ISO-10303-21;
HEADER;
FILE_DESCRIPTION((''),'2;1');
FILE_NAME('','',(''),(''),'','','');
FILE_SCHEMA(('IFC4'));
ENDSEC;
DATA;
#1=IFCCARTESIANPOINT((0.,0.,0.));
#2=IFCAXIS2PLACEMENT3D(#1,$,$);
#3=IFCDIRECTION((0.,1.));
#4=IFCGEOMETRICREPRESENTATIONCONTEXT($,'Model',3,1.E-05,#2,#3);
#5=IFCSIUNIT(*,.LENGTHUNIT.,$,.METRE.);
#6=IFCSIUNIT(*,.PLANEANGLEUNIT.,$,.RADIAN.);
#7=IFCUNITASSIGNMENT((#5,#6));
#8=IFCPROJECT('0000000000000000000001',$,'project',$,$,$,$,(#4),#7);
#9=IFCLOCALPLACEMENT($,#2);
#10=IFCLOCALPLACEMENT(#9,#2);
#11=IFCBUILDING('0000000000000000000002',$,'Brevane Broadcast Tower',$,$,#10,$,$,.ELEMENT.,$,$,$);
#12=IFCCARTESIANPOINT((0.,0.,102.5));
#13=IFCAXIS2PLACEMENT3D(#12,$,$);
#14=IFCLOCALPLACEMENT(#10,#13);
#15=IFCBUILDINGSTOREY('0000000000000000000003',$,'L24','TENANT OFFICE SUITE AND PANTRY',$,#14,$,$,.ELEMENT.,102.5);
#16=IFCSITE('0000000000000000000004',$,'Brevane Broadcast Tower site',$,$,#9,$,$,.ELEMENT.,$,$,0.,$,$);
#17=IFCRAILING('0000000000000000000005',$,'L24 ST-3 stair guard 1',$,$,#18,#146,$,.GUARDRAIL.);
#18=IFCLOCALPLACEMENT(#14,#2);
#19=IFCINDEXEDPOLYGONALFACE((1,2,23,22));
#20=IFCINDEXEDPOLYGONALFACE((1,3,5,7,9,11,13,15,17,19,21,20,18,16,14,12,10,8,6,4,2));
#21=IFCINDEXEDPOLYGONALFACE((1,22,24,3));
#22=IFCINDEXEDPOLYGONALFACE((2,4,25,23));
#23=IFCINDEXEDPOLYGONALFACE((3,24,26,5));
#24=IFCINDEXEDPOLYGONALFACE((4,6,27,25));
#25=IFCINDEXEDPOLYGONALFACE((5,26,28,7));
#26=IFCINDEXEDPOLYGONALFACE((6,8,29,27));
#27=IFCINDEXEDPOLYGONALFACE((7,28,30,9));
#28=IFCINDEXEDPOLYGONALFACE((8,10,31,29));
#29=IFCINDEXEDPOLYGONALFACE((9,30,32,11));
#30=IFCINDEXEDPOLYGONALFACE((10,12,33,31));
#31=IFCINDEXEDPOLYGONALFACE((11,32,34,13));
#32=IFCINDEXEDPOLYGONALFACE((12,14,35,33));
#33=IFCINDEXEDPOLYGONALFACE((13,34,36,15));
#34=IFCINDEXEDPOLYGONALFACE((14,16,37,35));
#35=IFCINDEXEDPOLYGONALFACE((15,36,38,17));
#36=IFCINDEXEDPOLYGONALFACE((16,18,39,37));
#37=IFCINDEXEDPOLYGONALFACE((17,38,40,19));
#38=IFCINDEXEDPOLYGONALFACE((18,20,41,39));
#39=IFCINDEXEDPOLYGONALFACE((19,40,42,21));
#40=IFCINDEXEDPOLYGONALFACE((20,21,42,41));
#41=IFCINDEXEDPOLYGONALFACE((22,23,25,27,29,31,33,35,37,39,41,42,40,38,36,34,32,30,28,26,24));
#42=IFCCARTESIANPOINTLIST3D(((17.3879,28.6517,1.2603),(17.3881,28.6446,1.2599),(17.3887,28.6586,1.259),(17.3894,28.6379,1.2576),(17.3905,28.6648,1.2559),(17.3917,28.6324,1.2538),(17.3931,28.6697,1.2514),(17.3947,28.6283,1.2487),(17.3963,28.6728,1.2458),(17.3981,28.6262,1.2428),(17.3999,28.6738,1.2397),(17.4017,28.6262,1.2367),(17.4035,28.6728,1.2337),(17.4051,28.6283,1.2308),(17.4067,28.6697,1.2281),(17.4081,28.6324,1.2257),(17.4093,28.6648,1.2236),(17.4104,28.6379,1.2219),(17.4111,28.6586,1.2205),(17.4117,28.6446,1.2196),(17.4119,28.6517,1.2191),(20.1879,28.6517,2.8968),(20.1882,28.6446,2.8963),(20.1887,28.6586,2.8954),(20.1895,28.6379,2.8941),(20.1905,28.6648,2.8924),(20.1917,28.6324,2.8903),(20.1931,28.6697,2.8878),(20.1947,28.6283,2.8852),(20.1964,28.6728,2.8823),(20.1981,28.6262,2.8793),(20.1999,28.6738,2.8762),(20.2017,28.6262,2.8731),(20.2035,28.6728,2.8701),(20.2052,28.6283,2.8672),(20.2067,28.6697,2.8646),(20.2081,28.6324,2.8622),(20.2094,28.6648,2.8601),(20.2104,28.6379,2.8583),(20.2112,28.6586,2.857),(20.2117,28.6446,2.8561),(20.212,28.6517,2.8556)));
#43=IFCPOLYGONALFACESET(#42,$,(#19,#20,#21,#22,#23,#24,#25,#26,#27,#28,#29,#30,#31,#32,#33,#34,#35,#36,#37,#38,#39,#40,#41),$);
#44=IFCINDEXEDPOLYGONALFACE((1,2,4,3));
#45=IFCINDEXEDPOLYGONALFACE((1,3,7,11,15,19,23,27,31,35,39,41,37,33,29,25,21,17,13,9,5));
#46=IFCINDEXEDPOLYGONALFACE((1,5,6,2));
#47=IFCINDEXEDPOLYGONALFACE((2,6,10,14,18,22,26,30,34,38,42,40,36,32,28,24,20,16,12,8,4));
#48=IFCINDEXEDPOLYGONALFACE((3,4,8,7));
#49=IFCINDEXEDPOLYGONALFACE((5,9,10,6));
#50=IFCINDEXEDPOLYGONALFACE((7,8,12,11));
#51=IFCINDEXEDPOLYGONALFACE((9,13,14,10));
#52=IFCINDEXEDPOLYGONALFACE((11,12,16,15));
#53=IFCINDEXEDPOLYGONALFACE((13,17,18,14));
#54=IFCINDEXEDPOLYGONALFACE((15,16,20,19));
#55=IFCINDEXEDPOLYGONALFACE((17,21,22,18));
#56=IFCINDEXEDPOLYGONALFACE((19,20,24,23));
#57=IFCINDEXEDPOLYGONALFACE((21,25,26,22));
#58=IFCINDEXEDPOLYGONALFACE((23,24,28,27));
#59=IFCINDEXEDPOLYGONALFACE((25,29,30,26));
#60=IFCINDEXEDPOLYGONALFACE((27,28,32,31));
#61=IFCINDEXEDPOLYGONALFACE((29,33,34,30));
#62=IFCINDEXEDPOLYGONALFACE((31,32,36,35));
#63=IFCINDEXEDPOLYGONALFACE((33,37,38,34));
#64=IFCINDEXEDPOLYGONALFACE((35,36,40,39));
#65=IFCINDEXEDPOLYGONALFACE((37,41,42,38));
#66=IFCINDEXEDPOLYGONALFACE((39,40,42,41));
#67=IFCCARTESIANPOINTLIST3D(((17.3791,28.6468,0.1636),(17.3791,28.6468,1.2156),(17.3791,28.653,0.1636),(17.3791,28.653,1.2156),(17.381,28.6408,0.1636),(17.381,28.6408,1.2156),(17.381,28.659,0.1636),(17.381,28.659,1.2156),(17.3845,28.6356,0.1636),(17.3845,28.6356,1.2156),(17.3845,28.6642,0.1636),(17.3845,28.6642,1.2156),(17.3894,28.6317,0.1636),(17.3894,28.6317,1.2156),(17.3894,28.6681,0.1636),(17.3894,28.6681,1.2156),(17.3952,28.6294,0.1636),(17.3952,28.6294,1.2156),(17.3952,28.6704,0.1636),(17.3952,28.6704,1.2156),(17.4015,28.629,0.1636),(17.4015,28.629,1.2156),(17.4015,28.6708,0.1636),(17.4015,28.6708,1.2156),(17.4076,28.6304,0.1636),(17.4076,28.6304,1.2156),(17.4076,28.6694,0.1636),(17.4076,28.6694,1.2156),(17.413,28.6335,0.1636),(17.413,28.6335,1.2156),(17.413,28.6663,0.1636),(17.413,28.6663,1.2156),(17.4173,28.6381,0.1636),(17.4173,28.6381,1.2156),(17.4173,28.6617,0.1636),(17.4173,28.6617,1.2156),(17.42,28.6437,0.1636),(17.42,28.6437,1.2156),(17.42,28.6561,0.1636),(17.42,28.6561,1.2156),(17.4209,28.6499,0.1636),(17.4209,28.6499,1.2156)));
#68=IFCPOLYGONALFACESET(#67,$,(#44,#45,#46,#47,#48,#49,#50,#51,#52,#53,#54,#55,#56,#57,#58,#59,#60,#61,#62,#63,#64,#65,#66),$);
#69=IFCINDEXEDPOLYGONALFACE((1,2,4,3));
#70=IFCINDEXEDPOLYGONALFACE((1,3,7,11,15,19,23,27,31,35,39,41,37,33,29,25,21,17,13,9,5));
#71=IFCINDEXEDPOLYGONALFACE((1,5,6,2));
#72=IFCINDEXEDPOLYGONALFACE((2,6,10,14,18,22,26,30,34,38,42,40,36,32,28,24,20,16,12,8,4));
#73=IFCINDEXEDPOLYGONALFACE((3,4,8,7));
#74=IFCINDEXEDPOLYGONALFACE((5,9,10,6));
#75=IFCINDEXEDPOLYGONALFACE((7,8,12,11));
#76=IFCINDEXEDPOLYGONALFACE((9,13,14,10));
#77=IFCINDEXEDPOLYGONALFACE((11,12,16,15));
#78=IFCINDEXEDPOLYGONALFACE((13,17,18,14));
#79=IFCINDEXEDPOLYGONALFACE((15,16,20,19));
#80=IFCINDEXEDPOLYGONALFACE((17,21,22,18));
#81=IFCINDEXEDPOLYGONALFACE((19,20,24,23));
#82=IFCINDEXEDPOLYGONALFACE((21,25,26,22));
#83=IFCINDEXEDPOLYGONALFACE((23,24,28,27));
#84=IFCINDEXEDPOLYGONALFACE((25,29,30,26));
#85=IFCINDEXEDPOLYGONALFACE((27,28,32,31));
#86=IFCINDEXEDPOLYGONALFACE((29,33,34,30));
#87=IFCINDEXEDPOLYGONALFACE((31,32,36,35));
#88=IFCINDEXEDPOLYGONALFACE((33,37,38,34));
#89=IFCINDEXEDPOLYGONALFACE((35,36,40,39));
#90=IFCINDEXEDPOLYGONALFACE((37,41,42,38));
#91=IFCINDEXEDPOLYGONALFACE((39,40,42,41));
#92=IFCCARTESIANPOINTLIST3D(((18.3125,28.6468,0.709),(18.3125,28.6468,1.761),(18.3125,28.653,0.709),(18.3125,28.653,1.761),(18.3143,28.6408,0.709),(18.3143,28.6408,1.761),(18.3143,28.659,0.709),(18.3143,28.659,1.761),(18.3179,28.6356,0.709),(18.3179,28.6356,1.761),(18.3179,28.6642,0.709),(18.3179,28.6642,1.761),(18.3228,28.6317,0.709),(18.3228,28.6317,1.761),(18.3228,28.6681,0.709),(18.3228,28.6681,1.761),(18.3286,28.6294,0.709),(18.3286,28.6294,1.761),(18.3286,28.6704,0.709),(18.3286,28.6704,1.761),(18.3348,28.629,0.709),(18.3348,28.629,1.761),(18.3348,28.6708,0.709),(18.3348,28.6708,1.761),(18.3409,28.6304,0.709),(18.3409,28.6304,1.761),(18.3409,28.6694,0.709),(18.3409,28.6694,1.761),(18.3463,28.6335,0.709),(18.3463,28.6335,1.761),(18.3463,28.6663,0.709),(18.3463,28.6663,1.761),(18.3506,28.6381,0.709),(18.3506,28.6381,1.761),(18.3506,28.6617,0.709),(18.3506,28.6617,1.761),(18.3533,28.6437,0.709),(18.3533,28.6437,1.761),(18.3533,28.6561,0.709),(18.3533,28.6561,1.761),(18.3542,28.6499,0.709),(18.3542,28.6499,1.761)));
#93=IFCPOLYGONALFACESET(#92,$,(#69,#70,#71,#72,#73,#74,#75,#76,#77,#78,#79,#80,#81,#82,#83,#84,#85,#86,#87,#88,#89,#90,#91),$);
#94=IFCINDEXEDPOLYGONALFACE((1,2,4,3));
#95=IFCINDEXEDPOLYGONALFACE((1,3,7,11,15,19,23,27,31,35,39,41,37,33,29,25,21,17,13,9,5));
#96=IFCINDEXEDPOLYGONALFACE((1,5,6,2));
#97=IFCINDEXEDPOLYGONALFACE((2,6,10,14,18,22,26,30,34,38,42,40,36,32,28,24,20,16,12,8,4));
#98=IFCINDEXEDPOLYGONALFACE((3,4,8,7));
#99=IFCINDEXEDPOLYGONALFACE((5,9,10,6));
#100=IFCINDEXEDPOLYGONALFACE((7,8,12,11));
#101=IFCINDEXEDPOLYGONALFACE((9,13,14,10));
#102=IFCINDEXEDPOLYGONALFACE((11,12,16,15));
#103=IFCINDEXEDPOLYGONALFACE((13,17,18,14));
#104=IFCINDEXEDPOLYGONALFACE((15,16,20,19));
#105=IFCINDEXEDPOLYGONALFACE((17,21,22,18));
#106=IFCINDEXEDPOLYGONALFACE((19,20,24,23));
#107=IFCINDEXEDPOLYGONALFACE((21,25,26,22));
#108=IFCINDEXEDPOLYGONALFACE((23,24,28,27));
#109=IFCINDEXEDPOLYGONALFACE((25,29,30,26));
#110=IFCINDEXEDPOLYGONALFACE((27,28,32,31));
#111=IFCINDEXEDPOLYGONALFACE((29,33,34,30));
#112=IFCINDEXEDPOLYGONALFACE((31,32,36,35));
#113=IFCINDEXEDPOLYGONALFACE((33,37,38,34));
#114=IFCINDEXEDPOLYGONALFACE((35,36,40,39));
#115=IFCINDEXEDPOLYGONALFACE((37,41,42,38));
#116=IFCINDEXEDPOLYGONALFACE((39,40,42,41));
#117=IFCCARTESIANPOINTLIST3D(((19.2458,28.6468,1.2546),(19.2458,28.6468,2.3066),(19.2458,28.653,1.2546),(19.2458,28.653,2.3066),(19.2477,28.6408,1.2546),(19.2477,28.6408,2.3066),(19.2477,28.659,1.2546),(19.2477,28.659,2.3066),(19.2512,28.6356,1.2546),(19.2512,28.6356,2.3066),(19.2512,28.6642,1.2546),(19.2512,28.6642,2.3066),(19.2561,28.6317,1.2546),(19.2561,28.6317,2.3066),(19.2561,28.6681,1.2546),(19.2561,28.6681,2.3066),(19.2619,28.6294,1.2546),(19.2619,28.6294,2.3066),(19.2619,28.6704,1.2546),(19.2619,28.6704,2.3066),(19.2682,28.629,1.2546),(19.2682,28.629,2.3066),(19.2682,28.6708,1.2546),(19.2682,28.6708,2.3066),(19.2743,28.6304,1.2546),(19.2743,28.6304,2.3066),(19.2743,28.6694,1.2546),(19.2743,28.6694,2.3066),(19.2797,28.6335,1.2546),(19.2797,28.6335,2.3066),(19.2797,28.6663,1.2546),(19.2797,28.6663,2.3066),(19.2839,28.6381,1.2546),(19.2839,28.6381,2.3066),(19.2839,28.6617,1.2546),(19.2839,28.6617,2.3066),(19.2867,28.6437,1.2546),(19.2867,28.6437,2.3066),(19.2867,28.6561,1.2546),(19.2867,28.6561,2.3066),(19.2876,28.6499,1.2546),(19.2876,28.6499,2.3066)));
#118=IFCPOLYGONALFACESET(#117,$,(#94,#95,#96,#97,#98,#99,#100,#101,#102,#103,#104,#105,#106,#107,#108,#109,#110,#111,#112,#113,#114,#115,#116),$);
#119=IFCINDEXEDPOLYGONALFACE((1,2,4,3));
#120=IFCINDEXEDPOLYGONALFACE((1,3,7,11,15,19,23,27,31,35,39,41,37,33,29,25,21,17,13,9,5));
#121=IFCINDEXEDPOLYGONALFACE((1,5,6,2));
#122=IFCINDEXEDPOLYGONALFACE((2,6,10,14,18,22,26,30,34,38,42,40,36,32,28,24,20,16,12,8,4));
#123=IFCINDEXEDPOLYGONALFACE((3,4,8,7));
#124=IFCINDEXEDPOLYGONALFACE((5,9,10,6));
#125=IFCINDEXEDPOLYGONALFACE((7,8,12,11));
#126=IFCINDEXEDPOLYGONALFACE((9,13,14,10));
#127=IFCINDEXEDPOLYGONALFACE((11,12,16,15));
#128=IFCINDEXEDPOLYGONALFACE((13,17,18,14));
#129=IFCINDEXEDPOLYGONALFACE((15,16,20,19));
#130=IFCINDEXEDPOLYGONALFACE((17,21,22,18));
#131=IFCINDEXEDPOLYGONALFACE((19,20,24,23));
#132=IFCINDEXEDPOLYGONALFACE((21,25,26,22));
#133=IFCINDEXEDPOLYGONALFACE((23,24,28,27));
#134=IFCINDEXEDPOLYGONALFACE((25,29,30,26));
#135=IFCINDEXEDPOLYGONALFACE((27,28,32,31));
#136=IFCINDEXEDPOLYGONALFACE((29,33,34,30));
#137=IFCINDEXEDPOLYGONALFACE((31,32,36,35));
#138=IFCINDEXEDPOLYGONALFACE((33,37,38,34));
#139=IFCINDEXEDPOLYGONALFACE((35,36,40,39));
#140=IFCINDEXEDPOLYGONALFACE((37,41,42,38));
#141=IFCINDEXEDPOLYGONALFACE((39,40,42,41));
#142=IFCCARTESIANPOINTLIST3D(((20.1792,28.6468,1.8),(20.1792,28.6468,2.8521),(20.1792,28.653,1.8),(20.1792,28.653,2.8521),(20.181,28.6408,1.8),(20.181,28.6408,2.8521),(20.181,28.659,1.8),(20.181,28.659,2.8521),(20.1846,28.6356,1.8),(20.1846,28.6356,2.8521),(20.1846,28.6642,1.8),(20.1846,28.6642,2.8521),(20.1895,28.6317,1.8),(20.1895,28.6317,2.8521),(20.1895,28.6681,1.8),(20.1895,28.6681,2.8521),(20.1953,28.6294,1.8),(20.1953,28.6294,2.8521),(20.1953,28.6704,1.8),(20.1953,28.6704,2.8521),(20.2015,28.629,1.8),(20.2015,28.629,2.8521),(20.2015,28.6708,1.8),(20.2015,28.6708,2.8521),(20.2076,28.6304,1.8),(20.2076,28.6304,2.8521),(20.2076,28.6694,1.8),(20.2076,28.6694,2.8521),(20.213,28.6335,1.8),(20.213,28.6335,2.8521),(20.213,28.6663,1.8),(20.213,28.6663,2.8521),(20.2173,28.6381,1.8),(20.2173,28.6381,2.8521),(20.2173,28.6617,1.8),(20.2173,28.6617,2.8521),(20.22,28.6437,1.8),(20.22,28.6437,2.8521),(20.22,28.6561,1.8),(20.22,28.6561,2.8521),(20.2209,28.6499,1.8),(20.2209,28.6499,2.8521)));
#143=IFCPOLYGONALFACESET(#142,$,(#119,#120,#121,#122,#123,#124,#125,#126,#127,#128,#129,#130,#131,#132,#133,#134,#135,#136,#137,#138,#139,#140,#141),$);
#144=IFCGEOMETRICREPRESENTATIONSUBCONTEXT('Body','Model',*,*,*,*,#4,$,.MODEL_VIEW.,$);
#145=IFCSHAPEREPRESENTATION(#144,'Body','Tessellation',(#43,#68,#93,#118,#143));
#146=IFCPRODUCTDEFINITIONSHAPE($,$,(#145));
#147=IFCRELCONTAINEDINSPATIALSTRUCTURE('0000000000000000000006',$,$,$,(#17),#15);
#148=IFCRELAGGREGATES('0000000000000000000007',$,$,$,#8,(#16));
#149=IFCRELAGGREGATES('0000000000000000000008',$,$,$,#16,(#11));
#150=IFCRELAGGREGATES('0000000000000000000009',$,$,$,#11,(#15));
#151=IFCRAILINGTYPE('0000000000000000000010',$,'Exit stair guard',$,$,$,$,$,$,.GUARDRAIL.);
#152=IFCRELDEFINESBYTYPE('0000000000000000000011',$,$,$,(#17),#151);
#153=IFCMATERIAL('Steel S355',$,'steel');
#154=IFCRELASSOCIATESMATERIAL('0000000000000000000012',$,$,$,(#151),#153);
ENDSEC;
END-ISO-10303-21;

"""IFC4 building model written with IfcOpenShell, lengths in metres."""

from ifc_helpers import new_model, si_unit, direction, frame, origin, origin_2d, place, context, subcontext, project, spatial, circle, extrude, material, type_object, element, save


model = new_model("IFC4")

# Units and contexts
model_context = context("Model", 3, precision=1e-05, world=origin(), true_north=direction((0.0, 1.0)))
body_context = subcontext(model_context, "Body", "Model", "MODEL_VIEW")
ifc_project = project(units=[si_unit("LENGTHUNIT", "METRE"), si_unit("PLANEANGLEUNIT", "RADIAN")], contexts=[model_context])

# Site, building, storey
site_placement = place(None, origin())
site = spatial("IfcSite", under=ifc_project, at=site_placement, Name="Brevane Broadcast Tower site", CompositionType="ELEMENT", RefElevation=0.0)
building_placement = place(site_placement, origin())
building = spatial("IfcBuilding", under=site, at=building_placement, Name="Brevane Broadcast Tower", CompositionType="ELEMENT")
storey_placement = place(building_placement, frame((0.0, 0.0, 102.5)))
storey = spatial("IfcBuildingStorey", under=building, at=storey_placement, Name="L24", Description="TENANT OFFICE SUITE AND PANTRY", CompositionType="ELEMENT", Elevation=102.5)

# Railing
ifc_material_1 = material(Name="Steel S355", Category="steel")
railing_type_1 = type_object("IfcRailingType", Name="Exit stair guard", PredefinedType="GUARDRAIL", material=ifc_material_1)
railing_1_placement = place(storey_placement, frame((17.3999, 28.6499, 0.1636)))
element("IfcRailing", 1, at=railing_1_placement, inside=storey, type_object=railing_type_1, Name="L24 ST-3 stair guard 1", PredefinedType="GUARDRAIL", context=body_context, shape_type="SweptSolid", body=[
    extrude(circle(Radius=0.0239, at=origin_2d()), frame((0.0, 0.0, 1.0762), z_axis=(0.863361, 0.0, 0.504587), x_axis=(0.0, 1.0, 0.0)), (0.0, 0.0, 1.0), 3.2432),
    extrude(circle(Radius=0.021, at=origin_2d()), origin(), (0.0, 0.0, 1.0), 1.052),
    extrude(circle(Radius=0.021, at=origin_2d()), frame((0.9333, 0.0, 0.5454)), (0.0, 0.0, 1.0), 1.052),
    extrude(circle(Radius=0.021, at=origin_2d()), frame((1.8667, 0.0, 1.0911)), (0.0, 0.0, 1.0), 1.052),
    extrude(circle(Radius=0.021, at=origin_2d()), frame((2.8, 0.0, 1.6365)), (0.0, 0.0, 1.0), 1.052),
])

save(model, "model.ifc")
